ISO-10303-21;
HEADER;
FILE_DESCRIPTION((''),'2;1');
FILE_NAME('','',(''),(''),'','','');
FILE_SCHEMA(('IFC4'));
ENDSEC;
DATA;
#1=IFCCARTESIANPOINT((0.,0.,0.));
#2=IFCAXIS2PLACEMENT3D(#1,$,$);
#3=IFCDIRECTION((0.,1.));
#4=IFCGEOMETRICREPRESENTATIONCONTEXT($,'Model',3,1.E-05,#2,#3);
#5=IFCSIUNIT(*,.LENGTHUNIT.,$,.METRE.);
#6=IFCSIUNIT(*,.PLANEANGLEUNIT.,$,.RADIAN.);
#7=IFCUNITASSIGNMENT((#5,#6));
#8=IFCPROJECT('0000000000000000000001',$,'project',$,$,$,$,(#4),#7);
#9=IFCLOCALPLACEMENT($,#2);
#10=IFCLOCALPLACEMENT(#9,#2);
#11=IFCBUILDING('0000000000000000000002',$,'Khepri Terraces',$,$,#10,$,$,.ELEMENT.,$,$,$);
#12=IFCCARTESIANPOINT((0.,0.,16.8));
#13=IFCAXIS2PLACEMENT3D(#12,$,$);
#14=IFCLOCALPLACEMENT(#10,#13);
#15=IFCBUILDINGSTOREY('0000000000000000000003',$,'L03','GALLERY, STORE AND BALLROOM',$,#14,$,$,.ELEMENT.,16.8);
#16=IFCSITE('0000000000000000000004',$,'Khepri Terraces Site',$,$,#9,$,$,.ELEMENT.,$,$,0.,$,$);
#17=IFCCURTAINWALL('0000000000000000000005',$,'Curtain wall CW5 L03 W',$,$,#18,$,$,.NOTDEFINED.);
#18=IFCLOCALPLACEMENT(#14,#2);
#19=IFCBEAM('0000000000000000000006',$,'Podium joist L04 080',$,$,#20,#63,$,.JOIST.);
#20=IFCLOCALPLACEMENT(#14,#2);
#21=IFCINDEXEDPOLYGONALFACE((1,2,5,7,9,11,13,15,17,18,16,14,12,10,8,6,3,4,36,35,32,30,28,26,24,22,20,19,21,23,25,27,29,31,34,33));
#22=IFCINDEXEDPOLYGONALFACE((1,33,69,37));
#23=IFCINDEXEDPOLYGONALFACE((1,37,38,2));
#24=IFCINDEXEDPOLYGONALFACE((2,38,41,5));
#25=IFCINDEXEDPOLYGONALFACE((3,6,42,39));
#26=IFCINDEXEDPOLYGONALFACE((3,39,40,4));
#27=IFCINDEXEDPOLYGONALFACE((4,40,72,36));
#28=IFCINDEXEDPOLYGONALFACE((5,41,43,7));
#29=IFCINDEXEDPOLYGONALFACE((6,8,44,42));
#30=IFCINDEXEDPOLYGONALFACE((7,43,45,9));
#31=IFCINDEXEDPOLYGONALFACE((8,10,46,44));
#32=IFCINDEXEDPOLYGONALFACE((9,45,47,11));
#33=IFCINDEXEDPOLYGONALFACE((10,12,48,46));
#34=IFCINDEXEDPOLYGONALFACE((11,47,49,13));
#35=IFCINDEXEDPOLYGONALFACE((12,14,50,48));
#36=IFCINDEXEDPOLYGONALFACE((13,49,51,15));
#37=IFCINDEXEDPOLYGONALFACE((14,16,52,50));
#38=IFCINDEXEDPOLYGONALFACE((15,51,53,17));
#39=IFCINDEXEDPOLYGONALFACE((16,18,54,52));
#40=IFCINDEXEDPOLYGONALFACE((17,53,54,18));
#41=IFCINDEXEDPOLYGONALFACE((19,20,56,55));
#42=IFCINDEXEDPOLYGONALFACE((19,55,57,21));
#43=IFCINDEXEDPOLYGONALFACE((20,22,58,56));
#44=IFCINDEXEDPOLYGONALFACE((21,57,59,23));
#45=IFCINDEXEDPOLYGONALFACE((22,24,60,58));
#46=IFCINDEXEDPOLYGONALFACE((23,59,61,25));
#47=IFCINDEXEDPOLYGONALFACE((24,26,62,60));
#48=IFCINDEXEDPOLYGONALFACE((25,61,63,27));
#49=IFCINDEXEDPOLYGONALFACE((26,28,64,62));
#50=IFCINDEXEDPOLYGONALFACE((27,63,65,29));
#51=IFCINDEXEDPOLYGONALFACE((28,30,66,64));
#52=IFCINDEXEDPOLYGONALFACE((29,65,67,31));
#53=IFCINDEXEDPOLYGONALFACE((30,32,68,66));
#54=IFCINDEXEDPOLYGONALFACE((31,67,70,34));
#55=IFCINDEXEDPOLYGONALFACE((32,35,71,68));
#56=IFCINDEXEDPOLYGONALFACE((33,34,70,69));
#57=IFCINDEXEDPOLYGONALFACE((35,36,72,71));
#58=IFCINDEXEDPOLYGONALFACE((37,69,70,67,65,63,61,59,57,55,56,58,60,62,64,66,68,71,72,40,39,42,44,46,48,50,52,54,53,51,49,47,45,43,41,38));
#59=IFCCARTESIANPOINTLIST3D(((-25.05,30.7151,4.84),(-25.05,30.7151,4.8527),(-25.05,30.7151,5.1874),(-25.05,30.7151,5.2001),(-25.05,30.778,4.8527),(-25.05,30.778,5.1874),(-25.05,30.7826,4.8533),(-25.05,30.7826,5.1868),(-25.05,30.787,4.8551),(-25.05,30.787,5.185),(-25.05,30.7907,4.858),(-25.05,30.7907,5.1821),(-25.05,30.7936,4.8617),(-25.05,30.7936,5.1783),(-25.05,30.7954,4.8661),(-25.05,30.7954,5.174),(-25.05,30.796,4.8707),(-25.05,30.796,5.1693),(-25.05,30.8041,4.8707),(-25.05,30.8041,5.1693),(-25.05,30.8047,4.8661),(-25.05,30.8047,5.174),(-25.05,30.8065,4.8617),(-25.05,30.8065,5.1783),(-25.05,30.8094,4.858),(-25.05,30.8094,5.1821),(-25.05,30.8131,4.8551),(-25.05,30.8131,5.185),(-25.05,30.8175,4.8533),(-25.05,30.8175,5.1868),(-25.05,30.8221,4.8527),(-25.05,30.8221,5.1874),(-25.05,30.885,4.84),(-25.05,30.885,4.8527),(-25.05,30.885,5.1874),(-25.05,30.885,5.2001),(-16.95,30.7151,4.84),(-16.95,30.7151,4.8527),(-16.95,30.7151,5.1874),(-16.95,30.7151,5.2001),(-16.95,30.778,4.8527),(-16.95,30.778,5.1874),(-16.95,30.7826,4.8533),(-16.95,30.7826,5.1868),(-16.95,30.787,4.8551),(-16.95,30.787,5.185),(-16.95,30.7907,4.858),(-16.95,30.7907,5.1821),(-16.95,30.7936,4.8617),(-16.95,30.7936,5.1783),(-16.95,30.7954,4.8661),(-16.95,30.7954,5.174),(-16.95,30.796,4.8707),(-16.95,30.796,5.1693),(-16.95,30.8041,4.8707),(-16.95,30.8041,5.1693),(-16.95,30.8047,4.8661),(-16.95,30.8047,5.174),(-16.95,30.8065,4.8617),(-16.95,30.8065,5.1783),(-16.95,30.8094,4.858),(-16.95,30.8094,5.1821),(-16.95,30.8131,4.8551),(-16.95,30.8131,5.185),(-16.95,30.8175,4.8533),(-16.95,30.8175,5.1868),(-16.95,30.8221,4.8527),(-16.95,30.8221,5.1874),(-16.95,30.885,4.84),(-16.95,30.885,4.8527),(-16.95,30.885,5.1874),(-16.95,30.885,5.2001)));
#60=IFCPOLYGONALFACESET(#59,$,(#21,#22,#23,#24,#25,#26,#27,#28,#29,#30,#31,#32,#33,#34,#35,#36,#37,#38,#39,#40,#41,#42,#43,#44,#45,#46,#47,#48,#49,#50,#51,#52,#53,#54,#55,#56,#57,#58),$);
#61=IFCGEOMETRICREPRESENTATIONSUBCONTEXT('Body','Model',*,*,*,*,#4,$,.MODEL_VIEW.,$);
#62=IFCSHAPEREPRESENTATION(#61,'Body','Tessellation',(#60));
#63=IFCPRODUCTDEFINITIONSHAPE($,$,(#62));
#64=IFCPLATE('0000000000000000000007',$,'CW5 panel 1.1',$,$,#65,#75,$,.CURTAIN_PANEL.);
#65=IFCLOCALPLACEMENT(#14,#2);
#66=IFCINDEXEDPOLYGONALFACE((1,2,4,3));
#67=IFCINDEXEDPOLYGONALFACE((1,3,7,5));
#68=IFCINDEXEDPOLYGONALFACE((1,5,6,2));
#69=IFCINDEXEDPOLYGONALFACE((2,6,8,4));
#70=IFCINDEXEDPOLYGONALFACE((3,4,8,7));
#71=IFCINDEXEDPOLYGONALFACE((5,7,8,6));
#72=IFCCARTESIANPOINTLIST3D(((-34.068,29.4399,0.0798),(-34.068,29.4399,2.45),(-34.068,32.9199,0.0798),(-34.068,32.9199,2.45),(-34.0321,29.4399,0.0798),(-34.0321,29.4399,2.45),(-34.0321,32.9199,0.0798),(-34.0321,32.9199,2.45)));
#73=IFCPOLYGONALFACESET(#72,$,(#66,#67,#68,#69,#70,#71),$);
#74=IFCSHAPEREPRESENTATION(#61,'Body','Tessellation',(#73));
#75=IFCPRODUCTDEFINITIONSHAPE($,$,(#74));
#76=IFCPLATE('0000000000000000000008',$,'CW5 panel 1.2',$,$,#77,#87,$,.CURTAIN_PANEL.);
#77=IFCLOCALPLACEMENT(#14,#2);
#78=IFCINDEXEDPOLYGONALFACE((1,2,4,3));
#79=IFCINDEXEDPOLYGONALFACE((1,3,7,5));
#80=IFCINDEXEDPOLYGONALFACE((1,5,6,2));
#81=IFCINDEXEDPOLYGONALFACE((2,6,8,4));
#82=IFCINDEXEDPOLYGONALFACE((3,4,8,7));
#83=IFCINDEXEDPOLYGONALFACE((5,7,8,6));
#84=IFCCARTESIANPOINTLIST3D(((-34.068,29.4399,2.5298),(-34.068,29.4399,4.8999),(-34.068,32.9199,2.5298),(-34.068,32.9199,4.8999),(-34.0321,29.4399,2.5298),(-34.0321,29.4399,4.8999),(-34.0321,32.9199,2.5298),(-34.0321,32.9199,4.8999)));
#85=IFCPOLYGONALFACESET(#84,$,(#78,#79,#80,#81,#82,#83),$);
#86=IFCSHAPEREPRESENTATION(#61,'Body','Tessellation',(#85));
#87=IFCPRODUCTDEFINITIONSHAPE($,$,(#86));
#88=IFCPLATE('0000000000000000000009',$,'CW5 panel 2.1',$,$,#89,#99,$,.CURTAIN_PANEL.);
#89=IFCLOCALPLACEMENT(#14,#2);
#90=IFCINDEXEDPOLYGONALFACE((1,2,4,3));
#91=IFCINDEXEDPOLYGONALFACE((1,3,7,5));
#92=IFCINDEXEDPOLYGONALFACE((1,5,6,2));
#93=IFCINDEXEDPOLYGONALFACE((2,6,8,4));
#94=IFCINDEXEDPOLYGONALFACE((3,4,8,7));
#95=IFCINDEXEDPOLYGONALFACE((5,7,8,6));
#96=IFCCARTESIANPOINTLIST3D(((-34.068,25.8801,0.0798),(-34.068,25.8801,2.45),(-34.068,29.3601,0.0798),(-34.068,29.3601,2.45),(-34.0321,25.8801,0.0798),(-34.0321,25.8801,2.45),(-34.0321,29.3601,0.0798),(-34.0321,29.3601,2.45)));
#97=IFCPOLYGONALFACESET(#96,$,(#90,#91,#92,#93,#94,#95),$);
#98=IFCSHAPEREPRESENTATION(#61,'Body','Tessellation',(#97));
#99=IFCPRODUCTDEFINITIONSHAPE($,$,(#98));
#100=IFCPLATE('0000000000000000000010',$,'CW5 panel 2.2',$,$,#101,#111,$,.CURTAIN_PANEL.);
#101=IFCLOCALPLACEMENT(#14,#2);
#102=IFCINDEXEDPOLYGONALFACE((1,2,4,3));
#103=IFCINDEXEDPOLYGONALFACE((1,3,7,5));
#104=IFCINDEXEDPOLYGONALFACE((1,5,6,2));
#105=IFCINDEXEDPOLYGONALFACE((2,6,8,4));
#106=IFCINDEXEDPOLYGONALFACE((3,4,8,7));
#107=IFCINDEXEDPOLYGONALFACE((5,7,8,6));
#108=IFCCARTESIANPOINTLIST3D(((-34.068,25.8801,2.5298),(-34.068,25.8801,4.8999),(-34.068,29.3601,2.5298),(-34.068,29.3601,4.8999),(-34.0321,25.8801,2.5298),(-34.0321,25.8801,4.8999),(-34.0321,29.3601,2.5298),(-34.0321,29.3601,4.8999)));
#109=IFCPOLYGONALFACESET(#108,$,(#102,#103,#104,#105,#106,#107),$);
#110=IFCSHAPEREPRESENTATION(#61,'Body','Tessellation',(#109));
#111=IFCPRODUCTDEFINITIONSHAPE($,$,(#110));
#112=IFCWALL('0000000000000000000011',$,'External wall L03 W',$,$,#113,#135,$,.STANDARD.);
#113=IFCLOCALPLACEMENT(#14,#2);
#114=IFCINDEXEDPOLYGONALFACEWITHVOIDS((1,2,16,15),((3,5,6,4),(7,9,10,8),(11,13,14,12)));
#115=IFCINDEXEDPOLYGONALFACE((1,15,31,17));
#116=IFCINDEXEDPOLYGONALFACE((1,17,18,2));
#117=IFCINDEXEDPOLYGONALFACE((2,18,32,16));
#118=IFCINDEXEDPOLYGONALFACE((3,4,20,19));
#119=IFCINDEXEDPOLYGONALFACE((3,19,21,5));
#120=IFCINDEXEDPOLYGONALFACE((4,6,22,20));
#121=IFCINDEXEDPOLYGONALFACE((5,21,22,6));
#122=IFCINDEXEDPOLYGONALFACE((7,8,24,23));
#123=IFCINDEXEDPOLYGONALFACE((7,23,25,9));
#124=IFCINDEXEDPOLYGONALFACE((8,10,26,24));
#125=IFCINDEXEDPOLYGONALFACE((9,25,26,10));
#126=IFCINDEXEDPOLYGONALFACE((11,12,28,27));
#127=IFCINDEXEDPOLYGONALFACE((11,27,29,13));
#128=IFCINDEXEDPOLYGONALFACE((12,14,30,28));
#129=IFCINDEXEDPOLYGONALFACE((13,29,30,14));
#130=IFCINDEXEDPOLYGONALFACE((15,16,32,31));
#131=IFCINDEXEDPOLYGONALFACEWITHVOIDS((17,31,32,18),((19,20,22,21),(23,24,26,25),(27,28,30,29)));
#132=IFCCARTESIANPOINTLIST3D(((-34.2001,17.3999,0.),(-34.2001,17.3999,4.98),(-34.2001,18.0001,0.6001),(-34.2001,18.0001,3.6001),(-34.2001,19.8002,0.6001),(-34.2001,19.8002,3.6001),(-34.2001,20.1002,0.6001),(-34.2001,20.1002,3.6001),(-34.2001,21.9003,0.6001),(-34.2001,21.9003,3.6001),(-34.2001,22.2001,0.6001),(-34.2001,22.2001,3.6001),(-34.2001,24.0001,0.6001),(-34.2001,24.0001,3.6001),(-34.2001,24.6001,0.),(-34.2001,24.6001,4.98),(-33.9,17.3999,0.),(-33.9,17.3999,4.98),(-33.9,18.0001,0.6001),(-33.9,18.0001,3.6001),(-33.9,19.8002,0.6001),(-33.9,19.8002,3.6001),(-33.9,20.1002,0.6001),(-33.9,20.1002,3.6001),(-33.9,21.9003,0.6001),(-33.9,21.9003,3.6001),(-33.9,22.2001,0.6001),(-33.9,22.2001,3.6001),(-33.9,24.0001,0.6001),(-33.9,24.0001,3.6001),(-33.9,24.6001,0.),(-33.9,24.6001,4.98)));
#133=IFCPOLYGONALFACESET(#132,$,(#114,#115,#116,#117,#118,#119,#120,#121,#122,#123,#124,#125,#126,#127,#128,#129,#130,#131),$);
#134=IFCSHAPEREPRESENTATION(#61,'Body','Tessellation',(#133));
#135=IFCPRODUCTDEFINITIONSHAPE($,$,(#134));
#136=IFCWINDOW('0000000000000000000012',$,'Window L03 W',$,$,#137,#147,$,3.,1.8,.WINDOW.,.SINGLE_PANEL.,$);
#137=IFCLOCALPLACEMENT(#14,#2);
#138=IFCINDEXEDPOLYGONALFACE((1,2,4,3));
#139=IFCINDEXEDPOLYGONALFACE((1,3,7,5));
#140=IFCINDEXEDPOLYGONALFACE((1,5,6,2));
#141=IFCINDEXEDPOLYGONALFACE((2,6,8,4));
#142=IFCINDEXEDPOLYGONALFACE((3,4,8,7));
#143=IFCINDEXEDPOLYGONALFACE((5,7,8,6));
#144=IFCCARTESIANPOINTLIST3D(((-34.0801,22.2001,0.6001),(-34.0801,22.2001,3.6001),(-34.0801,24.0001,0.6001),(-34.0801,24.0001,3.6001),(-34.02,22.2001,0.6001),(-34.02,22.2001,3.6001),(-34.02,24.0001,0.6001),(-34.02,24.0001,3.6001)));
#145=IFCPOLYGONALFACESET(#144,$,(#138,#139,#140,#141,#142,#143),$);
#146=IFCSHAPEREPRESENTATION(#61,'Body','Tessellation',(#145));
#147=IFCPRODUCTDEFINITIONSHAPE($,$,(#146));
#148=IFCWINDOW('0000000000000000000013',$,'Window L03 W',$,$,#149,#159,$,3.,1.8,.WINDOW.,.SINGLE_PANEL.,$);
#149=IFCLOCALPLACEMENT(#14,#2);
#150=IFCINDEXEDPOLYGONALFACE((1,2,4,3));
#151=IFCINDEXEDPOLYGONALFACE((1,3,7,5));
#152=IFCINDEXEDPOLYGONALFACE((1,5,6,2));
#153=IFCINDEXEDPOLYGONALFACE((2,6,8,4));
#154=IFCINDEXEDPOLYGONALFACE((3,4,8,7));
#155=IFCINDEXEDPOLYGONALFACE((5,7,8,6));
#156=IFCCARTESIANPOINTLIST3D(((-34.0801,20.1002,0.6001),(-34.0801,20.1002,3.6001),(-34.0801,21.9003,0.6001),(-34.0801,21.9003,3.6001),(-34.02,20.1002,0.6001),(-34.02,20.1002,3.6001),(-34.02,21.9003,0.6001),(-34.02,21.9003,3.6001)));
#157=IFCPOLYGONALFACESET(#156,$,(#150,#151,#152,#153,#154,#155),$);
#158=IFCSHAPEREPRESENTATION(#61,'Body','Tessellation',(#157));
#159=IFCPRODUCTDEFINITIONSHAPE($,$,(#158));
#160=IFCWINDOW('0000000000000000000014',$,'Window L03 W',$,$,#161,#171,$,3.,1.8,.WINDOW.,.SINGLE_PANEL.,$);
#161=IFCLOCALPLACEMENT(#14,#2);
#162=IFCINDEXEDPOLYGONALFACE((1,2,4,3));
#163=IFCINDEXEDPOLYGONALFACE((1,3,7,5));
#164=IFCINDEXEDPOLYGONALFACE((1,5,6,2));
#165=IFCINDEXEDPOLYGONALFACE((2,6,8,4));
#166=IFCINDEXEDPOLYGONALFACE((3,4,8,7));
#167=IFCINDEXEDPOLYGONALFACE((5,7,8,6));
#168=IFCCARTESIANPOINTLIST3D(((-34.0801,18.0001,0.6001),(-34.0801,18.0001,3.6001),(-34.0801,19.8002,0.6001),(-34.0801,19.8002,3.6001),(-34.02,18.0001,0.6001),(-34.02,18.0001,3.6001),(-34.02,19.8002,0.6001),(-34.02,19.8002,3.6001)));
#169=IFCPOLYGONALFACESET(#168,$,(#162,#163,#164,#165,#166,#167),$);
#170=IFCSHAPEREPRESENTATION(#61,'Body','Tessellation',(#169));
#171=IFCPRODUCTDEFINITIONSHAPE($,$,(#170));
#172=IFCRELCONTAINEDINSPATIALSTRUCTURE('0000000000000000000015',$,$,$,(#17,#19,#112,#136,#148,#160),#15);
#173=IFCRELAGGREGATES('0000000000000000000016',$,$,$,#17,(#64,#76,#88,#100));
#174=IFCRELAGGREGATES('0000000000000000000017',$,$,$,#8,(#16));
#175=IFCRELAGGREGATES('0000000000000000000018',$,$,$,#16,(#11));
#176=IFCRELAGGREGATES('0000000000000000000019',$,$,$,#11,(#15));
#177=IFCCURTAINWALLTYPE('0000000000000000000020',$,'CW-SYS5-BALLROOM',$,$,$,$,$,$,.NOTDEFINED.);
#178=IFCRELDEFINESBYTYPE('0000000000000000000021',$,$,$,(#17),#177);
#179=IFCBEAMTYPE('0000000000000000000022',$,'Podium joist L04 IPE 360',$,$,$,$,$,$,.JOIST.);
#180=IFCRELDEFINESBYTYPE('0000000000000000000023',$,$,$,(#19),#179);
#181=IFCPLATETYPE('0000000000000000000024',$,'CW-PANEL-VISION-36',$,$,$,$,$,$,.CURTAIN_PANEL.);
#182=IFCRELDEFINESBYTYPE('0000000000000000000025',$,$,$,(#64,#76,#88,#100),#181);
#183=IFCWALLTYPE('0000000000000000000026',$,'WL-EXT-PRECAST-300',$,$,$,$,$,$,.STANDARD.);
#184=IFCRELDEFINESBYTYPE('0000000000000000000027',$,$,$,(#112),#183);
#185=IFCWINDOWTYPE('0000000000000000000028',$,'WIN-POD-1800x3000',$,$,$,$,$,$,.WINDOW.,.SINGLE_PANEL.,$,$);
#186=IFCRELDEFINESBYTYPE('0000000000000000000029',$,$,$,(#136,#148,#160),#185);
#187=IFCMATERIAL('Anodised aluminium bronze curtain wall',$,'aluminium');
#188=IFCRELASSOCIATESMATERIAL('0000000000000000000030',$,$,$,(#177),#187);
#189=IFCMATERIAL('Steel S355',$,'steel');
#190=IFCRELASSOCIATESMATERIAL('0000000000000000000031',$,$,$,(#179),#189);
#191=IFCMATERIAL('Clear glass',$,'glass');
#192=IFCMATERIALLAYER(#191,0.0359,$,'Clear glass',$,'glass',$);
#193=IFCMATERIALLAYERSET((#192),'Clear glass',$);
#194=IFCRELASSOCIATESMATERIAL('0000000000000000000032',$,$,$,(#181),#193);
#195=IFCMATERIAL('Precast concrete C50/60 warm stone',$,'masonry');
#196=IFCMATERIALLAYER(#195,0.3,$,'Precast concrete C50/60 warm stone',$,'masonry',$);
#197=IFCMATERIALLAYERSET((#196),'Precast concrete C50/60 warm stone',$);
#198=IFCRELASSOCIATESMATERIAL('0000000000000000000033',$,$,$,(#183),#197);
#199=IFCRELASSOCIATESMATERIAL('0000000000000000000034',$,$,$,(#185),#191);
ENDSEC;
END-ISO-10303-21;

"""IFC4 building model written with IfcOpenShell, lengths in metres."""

from ifc_helpers import new_model, si_unit, direction, frame, frame_2d, origin, origin_2d, place, context, subcontext, project, spatial, rectangle, i_section, extrude, material, layer, layer_set, material_profile, profile_set, type_object, element, fill, aggregate, save


model = new_model("IFC4")

# Units and contexts
model_context = context("Model", 3, precision=1e-05, world=origin(), true_north=direction((0.0, 1.0)))
body_context = subcontext(model_context, "Body", "Model", "MODEL_VIEW")
ifc_project = project(units=[si_unit("LENGTHUNIT", "METRE"), si_unit("PLANEANGLEUNIT", "RADIAN")], contexts=[model_context])

# Site, building, storey
site_placement = place(None, origin())
site = spatial("IfcSite", under=ifc_project, at=site_placement, Name="Khepri Terraces Site", CompositionType="ELEMENT", RefElevation=0.0)
building_placement = place(site_placement, origin())
building = spatial("IfcBuilding", under=site, at=building_placement, Name="Khepri Terraces", CompositionType="ELEMENT")
storey_placement = place(building_placement, frame((0.0, 0.0, 16.8)))
storey = spatial("IfcBuildingStorey", under=building, at=storey_placement, Name="L03", Description="GALLERY, STORE AND BALLROOM", CompositionType="ELEMENT", Elevation=16.8)

# Curtain wall
ifc_material_1 = material(Name="Anodised aluminium bronze curtain wall", Category="aluminium")
curtain_wall_type = type_object("IfcCurtainWallType", Name="CW-SYS5-BALLROOM", PredefinedType="NOTDEFINED", material=ifc_material_1)
curtain_wall_placement = place(storey_placement, origin())
curtain_wall = element("IfcCurtainWall", 1, at=curtain_wall_placement, inside=storey, type_object=curtain_wall_type, Name="Curtain wall CW5 L03 W", PredefinedType="NOTDEFINED")

# Beam
ifc_material_2 = material(Name="Steel S355", Category="steel")
ifc_material_profile_1 = material_profile(ifc_material_2, i_section(OverallWidth=0.1699, OverallDepth=0.3601, WebThickness=0.0081, FlangeThickness=0.0127, FilletRadius=0.0181, at=origin_2d()), Name="Steel S355", Category="steel")
ifc_profile_set_1 = profile_set([ifc_material_profile_1], Name="Steel S355")
beam_type_1 = type_object("IfcBeamType", Name="Podium joist L04 IPE 360", PredefinedType="JOIST", material=ifc_profile_set_1)
beam_1_placement = place(storey_placement, frame((-25.05, 30.8, 5.02), z_axis=(1.0, 0.0, 0.0), x_axis=(0.0, 1.0, 0.0)))
element("IfcBeam", 2, at=beam_1_placement, inside=storey, type_object=beam_type_1, Name="Podium joist L04 080", PredefinedType="JOIST", context=body_context, shape_type="SweptSolid", body=[
    extrude(i_section(OverallWidth=0.1699, OverallDepth=0.3601, WebThickness=0.0081, FlangeThickness=0.0127, FilletRadius=0.0181, at=origin_2d()), origin(), (0.0, 0.0, 1.0), 8.1001),
])

# Plates
ifc_material_3 = material(Name="Clear glass", Category="glass")
ifc_layer_1 = layer(ifc_material_3, 0.0359, Name="Clear glass", Category="glass")
ifc_layer_set_1 = layer_set([ifc_layer_1], Name="Clear glass")
plate_type = type_object("IfcPlateType", Name="CW-PANEL-VISION-36", PredefinedType="CURTAIN_PANEL", material=ifc_layer_set_1)
plate_1_placement = place(storey_placement, frame((-34.05, 31.1799, 0.0798), z_axis=(0.0, 0.0, 1.0), x_axis=(0.0, -1.0, 0.0)))
plate_1 = element("IfcPlate", 3, at=plate_1_placement, type_object=plate_type, Name="CW5 panel 1.1", PredefinedType="CURTAIN_PANEL", context=body_context, shape_type="SweptSolid", body=[
    extrude(rectangle(XDim=3.48, YDim=0.0359, at=origin_2d()), origin(), (0.0, 0.0, 1.0), 2.3701),
])
plate_2_placement = place(storey_placement, frame((-34.05, 31.1799, 2.5298), z_axis=(0.0, 0.0, 1.0), x_axis=(0.0, -1.0, 0.0)))
plate_2 = element("IfcPlate", 4, at=plate_2_placement, type_object=plate_type, Name="CW5 panel 1.2", PredefinedType="CURTAIN_PANEL", context=body_context, shape_type="SweptSolid", body=[
    extrude(rectangle(XDim=3.48, YDim=0.0359, at=origin_2d()), origin(), (0.0, 0.0, 1.0), 2.3701),
])
plate_3_placement = place(storey_placement, frame((-34.05, 27.6201, 0.0798), z_axis=(0.0, 0.0, 1.0), x_axis=(0.0, -1.0, 0.0)))
plate_3 = element("IfcPlate", 5, at=plate_3_placement, type_object=plate_type, Name="CW5 panel 2.1", PredefinedType="CURTAIN_PANEL", context=body_context, shape_type="SweptSolid", body=[
    extrude(rectangle(XDim=3.48, YDim=0.0359, at=origin_2d()), origin(), (0.0, 0.0, 1.0), 2.3701),
])
plate_4_placement = place(storey_placement, frame((-34.05, 27.6201, 2.5298), z_axis=(0.0, 0.0, 1.0), x_axis=(0.0, -1.0, 0.0)))
plate_4 = element("IfcPlate", 6, at=plate_4_placement, type_object=plate_type, Name="CW5 panel 2.2", PredefinedType="CURTAIN_PANEL", context=body_context, shape_type="SweptSolid", body=[
    extrude(rectangle(XDim=3.48, YDim=0.0359, at=origin_2d()), origin(), (0.0, 0.0, 1.0), 2.3701),
])
aggregate(curtain_wall, [plate_1, plate_2, plate_3, plate_4])

# Wall, openings, windows
ifc_material_4 = material(Name="Precast concrete C50/60 warm stone", Category="masonry")
ifc_layer_2 = layer(ifc_material_4, 0.3, Name="Precast concrete C50/60 warm stone", Category="masonry")
ifc_layer_set_2 = layer_set([ifc_layer_2], Name="Precast concrete C50/60 warm stone")
wall_type_1 = type_object("IfcWallType", Name="WL-EXT-PRECAST-300", PredefinedType="STANDARD", material=ifc_layer_set_2)
wall_1_placement = place(storey_placement, frame((-34.05, 24.6001, 0.0), z_axis=(0.0, 0.0, 1.0), x_axis=(0.0, -1.0, 0.0)))
wall_1 = element("IfcWall", 7, at=wall_1_placement, inside=storey, type_object=wall_type_1, Name="External wall L03 W", PredefinedType="STANDARD", context=body_context, shape_type="SweptSolid", body=[
    extrude(rectangle(XDim=7.2002, YDim=0.3, at=frame_2d((3.6001, 0.0))), origin(), (0.0, 0.0, 1.0), 4.98),
])
opening_1_placement = place(wall_1_placement, frame((0.6001, 0.0, 0.6001)))
opening_1 = element("IfcOpeningElement", 8, at=opening_1_placement, cuts=wall_1, PredefinedType="OPENING", context=body_context, shape_type="SweptSolid", body=[
    extrude(rectangle(XDim=1.8, YDim=3.0, at=frame_2d((0.8999, 1.5))), frame((0.0, 0.1602, 0.0), z_axis=(0.0, -1.0, 0.0), x_axis=(1.0, 0.0, 0.0)), (0.0, 0.0, 1.0), 0.3201),
])
opening_2_placement = place(wall_1_placement, frame((2.7, 0.0, 0.6001)))
opening_2 = element("IfcOpeningElement", 9, at=opening_2_placement, cuts=wall_1, PredefinedType="OPENING", context=body_context, shape_type="SweptSolid", body=[
    extrude(rectangle(XDim=1.8, YDim=3.0, at=frame_2d((0.8999, 1.5))), frame((0.0, 0.1602, 0.0), z_axis=(0.0, -1.0, 0.0), x_axis=(1.0, 0.0, 0.0)), (0.0, 0.0, 1.0), 0.3201),
])
opening_3_placement = place(wall_1_placement, frame((4.8, 0.0, 0.6001)))
opening_3 = element("IfcOpeningElement", 10, at=opening_3_placement, cuts=wall_1, PredefinedType="OPENING", context=body_context, shape_type="SweptSolid", body=[
    extrude(rectangle(XDim=1.8, YDim=3.0, at=frame_2d((0.8999, 1.5))), frame((0.0, 0.1602, 0.0), z_axis=(0.0, -1.0, 0.0), x_axis=(1.0, 0.0, 0.0)), (0.0, 0.0, 1.0), 0.3201),
])
window_type = type_object("IfcWindowType", Name="WIN-POD-1800x3000", PartitioningType="SINGLE_PANEL", PredefinedType="WINDOW", material=ifc_material_3)
window_1_placement = place(opening_1_placement, origin())
window_1 = element("IfcWindow", 11, at=window_1_placement, inside=storey, type_object=window_type, Name="Window L03 W", OverallHeight=3.0, OverallWidth=1.8, PartitioningType="SINGLE_PANEL", PredefinedType="WINDOW", context=body_context, shape_type="SweptSolid", body=[
    extrude(rectangle(XDim=1.8, YDim=3.0, at=frame_2d((0.8999, 1.5))), frame((0.0, 0.03, 0.0), z_axis=(0.0, -1.0, 0.0), x_axis=(1.0, 0.0, 0.0)), (0.0, 0.0, 1.0), 0.0601),
])
fill(opening_1, window_1)
window_2_placement = place(opening_2_placement, origin())
window_2 = element("IfcWindow", 12, at=window_2_placement, inside=storey, type_object=window_type, Name="Window L03 W", OverallHeight=3.0, OverallWidth=1.8, PartitioningType="SINGLE_PANEL", PredefinedType="WINDOW", context=body_context, shape_type="SweptSolid", body=[
    extrude(rectangle(XDim=1.8, YDim=3.0, at=frame_2d((0.8999, 1.5))), frame((0.0, 0.03, 0.0), z_axis=(0.0, -1.0, 0.0), x_axis=(1.0, 0.0, 0.0)), (0.0, 0.0, 1.0), 0.0601),
])
fill(opening_2, window_2)
window_3_placement = place(opening_3_placement, origin())
window_3 = element("IfcWindow", 13, at=window_3_placement, inside=storey, type_object=window_type, Name="Window L03 W", OverallHeight=3.0, OverallWidth=1.8, PartitioningType="SINGLE_PANEL", PredefinedType="WINDOW", context=body_context, shape_type="SweptSolid", body=[
    extrude(rectangle(XDim=1.8, YDim=3.0, at=frame_2d((0.8999, 1.5))), frame((0.0, 0.03, 0.0), z_axis=(0.0, -1.0, 0.0), x_axis=(1.0, 0.0, 0.0)), (0.0, 0.0, 1.0), 0.0601),
])
fill(opening_3, window_3)

save(model, "model.ifc")
